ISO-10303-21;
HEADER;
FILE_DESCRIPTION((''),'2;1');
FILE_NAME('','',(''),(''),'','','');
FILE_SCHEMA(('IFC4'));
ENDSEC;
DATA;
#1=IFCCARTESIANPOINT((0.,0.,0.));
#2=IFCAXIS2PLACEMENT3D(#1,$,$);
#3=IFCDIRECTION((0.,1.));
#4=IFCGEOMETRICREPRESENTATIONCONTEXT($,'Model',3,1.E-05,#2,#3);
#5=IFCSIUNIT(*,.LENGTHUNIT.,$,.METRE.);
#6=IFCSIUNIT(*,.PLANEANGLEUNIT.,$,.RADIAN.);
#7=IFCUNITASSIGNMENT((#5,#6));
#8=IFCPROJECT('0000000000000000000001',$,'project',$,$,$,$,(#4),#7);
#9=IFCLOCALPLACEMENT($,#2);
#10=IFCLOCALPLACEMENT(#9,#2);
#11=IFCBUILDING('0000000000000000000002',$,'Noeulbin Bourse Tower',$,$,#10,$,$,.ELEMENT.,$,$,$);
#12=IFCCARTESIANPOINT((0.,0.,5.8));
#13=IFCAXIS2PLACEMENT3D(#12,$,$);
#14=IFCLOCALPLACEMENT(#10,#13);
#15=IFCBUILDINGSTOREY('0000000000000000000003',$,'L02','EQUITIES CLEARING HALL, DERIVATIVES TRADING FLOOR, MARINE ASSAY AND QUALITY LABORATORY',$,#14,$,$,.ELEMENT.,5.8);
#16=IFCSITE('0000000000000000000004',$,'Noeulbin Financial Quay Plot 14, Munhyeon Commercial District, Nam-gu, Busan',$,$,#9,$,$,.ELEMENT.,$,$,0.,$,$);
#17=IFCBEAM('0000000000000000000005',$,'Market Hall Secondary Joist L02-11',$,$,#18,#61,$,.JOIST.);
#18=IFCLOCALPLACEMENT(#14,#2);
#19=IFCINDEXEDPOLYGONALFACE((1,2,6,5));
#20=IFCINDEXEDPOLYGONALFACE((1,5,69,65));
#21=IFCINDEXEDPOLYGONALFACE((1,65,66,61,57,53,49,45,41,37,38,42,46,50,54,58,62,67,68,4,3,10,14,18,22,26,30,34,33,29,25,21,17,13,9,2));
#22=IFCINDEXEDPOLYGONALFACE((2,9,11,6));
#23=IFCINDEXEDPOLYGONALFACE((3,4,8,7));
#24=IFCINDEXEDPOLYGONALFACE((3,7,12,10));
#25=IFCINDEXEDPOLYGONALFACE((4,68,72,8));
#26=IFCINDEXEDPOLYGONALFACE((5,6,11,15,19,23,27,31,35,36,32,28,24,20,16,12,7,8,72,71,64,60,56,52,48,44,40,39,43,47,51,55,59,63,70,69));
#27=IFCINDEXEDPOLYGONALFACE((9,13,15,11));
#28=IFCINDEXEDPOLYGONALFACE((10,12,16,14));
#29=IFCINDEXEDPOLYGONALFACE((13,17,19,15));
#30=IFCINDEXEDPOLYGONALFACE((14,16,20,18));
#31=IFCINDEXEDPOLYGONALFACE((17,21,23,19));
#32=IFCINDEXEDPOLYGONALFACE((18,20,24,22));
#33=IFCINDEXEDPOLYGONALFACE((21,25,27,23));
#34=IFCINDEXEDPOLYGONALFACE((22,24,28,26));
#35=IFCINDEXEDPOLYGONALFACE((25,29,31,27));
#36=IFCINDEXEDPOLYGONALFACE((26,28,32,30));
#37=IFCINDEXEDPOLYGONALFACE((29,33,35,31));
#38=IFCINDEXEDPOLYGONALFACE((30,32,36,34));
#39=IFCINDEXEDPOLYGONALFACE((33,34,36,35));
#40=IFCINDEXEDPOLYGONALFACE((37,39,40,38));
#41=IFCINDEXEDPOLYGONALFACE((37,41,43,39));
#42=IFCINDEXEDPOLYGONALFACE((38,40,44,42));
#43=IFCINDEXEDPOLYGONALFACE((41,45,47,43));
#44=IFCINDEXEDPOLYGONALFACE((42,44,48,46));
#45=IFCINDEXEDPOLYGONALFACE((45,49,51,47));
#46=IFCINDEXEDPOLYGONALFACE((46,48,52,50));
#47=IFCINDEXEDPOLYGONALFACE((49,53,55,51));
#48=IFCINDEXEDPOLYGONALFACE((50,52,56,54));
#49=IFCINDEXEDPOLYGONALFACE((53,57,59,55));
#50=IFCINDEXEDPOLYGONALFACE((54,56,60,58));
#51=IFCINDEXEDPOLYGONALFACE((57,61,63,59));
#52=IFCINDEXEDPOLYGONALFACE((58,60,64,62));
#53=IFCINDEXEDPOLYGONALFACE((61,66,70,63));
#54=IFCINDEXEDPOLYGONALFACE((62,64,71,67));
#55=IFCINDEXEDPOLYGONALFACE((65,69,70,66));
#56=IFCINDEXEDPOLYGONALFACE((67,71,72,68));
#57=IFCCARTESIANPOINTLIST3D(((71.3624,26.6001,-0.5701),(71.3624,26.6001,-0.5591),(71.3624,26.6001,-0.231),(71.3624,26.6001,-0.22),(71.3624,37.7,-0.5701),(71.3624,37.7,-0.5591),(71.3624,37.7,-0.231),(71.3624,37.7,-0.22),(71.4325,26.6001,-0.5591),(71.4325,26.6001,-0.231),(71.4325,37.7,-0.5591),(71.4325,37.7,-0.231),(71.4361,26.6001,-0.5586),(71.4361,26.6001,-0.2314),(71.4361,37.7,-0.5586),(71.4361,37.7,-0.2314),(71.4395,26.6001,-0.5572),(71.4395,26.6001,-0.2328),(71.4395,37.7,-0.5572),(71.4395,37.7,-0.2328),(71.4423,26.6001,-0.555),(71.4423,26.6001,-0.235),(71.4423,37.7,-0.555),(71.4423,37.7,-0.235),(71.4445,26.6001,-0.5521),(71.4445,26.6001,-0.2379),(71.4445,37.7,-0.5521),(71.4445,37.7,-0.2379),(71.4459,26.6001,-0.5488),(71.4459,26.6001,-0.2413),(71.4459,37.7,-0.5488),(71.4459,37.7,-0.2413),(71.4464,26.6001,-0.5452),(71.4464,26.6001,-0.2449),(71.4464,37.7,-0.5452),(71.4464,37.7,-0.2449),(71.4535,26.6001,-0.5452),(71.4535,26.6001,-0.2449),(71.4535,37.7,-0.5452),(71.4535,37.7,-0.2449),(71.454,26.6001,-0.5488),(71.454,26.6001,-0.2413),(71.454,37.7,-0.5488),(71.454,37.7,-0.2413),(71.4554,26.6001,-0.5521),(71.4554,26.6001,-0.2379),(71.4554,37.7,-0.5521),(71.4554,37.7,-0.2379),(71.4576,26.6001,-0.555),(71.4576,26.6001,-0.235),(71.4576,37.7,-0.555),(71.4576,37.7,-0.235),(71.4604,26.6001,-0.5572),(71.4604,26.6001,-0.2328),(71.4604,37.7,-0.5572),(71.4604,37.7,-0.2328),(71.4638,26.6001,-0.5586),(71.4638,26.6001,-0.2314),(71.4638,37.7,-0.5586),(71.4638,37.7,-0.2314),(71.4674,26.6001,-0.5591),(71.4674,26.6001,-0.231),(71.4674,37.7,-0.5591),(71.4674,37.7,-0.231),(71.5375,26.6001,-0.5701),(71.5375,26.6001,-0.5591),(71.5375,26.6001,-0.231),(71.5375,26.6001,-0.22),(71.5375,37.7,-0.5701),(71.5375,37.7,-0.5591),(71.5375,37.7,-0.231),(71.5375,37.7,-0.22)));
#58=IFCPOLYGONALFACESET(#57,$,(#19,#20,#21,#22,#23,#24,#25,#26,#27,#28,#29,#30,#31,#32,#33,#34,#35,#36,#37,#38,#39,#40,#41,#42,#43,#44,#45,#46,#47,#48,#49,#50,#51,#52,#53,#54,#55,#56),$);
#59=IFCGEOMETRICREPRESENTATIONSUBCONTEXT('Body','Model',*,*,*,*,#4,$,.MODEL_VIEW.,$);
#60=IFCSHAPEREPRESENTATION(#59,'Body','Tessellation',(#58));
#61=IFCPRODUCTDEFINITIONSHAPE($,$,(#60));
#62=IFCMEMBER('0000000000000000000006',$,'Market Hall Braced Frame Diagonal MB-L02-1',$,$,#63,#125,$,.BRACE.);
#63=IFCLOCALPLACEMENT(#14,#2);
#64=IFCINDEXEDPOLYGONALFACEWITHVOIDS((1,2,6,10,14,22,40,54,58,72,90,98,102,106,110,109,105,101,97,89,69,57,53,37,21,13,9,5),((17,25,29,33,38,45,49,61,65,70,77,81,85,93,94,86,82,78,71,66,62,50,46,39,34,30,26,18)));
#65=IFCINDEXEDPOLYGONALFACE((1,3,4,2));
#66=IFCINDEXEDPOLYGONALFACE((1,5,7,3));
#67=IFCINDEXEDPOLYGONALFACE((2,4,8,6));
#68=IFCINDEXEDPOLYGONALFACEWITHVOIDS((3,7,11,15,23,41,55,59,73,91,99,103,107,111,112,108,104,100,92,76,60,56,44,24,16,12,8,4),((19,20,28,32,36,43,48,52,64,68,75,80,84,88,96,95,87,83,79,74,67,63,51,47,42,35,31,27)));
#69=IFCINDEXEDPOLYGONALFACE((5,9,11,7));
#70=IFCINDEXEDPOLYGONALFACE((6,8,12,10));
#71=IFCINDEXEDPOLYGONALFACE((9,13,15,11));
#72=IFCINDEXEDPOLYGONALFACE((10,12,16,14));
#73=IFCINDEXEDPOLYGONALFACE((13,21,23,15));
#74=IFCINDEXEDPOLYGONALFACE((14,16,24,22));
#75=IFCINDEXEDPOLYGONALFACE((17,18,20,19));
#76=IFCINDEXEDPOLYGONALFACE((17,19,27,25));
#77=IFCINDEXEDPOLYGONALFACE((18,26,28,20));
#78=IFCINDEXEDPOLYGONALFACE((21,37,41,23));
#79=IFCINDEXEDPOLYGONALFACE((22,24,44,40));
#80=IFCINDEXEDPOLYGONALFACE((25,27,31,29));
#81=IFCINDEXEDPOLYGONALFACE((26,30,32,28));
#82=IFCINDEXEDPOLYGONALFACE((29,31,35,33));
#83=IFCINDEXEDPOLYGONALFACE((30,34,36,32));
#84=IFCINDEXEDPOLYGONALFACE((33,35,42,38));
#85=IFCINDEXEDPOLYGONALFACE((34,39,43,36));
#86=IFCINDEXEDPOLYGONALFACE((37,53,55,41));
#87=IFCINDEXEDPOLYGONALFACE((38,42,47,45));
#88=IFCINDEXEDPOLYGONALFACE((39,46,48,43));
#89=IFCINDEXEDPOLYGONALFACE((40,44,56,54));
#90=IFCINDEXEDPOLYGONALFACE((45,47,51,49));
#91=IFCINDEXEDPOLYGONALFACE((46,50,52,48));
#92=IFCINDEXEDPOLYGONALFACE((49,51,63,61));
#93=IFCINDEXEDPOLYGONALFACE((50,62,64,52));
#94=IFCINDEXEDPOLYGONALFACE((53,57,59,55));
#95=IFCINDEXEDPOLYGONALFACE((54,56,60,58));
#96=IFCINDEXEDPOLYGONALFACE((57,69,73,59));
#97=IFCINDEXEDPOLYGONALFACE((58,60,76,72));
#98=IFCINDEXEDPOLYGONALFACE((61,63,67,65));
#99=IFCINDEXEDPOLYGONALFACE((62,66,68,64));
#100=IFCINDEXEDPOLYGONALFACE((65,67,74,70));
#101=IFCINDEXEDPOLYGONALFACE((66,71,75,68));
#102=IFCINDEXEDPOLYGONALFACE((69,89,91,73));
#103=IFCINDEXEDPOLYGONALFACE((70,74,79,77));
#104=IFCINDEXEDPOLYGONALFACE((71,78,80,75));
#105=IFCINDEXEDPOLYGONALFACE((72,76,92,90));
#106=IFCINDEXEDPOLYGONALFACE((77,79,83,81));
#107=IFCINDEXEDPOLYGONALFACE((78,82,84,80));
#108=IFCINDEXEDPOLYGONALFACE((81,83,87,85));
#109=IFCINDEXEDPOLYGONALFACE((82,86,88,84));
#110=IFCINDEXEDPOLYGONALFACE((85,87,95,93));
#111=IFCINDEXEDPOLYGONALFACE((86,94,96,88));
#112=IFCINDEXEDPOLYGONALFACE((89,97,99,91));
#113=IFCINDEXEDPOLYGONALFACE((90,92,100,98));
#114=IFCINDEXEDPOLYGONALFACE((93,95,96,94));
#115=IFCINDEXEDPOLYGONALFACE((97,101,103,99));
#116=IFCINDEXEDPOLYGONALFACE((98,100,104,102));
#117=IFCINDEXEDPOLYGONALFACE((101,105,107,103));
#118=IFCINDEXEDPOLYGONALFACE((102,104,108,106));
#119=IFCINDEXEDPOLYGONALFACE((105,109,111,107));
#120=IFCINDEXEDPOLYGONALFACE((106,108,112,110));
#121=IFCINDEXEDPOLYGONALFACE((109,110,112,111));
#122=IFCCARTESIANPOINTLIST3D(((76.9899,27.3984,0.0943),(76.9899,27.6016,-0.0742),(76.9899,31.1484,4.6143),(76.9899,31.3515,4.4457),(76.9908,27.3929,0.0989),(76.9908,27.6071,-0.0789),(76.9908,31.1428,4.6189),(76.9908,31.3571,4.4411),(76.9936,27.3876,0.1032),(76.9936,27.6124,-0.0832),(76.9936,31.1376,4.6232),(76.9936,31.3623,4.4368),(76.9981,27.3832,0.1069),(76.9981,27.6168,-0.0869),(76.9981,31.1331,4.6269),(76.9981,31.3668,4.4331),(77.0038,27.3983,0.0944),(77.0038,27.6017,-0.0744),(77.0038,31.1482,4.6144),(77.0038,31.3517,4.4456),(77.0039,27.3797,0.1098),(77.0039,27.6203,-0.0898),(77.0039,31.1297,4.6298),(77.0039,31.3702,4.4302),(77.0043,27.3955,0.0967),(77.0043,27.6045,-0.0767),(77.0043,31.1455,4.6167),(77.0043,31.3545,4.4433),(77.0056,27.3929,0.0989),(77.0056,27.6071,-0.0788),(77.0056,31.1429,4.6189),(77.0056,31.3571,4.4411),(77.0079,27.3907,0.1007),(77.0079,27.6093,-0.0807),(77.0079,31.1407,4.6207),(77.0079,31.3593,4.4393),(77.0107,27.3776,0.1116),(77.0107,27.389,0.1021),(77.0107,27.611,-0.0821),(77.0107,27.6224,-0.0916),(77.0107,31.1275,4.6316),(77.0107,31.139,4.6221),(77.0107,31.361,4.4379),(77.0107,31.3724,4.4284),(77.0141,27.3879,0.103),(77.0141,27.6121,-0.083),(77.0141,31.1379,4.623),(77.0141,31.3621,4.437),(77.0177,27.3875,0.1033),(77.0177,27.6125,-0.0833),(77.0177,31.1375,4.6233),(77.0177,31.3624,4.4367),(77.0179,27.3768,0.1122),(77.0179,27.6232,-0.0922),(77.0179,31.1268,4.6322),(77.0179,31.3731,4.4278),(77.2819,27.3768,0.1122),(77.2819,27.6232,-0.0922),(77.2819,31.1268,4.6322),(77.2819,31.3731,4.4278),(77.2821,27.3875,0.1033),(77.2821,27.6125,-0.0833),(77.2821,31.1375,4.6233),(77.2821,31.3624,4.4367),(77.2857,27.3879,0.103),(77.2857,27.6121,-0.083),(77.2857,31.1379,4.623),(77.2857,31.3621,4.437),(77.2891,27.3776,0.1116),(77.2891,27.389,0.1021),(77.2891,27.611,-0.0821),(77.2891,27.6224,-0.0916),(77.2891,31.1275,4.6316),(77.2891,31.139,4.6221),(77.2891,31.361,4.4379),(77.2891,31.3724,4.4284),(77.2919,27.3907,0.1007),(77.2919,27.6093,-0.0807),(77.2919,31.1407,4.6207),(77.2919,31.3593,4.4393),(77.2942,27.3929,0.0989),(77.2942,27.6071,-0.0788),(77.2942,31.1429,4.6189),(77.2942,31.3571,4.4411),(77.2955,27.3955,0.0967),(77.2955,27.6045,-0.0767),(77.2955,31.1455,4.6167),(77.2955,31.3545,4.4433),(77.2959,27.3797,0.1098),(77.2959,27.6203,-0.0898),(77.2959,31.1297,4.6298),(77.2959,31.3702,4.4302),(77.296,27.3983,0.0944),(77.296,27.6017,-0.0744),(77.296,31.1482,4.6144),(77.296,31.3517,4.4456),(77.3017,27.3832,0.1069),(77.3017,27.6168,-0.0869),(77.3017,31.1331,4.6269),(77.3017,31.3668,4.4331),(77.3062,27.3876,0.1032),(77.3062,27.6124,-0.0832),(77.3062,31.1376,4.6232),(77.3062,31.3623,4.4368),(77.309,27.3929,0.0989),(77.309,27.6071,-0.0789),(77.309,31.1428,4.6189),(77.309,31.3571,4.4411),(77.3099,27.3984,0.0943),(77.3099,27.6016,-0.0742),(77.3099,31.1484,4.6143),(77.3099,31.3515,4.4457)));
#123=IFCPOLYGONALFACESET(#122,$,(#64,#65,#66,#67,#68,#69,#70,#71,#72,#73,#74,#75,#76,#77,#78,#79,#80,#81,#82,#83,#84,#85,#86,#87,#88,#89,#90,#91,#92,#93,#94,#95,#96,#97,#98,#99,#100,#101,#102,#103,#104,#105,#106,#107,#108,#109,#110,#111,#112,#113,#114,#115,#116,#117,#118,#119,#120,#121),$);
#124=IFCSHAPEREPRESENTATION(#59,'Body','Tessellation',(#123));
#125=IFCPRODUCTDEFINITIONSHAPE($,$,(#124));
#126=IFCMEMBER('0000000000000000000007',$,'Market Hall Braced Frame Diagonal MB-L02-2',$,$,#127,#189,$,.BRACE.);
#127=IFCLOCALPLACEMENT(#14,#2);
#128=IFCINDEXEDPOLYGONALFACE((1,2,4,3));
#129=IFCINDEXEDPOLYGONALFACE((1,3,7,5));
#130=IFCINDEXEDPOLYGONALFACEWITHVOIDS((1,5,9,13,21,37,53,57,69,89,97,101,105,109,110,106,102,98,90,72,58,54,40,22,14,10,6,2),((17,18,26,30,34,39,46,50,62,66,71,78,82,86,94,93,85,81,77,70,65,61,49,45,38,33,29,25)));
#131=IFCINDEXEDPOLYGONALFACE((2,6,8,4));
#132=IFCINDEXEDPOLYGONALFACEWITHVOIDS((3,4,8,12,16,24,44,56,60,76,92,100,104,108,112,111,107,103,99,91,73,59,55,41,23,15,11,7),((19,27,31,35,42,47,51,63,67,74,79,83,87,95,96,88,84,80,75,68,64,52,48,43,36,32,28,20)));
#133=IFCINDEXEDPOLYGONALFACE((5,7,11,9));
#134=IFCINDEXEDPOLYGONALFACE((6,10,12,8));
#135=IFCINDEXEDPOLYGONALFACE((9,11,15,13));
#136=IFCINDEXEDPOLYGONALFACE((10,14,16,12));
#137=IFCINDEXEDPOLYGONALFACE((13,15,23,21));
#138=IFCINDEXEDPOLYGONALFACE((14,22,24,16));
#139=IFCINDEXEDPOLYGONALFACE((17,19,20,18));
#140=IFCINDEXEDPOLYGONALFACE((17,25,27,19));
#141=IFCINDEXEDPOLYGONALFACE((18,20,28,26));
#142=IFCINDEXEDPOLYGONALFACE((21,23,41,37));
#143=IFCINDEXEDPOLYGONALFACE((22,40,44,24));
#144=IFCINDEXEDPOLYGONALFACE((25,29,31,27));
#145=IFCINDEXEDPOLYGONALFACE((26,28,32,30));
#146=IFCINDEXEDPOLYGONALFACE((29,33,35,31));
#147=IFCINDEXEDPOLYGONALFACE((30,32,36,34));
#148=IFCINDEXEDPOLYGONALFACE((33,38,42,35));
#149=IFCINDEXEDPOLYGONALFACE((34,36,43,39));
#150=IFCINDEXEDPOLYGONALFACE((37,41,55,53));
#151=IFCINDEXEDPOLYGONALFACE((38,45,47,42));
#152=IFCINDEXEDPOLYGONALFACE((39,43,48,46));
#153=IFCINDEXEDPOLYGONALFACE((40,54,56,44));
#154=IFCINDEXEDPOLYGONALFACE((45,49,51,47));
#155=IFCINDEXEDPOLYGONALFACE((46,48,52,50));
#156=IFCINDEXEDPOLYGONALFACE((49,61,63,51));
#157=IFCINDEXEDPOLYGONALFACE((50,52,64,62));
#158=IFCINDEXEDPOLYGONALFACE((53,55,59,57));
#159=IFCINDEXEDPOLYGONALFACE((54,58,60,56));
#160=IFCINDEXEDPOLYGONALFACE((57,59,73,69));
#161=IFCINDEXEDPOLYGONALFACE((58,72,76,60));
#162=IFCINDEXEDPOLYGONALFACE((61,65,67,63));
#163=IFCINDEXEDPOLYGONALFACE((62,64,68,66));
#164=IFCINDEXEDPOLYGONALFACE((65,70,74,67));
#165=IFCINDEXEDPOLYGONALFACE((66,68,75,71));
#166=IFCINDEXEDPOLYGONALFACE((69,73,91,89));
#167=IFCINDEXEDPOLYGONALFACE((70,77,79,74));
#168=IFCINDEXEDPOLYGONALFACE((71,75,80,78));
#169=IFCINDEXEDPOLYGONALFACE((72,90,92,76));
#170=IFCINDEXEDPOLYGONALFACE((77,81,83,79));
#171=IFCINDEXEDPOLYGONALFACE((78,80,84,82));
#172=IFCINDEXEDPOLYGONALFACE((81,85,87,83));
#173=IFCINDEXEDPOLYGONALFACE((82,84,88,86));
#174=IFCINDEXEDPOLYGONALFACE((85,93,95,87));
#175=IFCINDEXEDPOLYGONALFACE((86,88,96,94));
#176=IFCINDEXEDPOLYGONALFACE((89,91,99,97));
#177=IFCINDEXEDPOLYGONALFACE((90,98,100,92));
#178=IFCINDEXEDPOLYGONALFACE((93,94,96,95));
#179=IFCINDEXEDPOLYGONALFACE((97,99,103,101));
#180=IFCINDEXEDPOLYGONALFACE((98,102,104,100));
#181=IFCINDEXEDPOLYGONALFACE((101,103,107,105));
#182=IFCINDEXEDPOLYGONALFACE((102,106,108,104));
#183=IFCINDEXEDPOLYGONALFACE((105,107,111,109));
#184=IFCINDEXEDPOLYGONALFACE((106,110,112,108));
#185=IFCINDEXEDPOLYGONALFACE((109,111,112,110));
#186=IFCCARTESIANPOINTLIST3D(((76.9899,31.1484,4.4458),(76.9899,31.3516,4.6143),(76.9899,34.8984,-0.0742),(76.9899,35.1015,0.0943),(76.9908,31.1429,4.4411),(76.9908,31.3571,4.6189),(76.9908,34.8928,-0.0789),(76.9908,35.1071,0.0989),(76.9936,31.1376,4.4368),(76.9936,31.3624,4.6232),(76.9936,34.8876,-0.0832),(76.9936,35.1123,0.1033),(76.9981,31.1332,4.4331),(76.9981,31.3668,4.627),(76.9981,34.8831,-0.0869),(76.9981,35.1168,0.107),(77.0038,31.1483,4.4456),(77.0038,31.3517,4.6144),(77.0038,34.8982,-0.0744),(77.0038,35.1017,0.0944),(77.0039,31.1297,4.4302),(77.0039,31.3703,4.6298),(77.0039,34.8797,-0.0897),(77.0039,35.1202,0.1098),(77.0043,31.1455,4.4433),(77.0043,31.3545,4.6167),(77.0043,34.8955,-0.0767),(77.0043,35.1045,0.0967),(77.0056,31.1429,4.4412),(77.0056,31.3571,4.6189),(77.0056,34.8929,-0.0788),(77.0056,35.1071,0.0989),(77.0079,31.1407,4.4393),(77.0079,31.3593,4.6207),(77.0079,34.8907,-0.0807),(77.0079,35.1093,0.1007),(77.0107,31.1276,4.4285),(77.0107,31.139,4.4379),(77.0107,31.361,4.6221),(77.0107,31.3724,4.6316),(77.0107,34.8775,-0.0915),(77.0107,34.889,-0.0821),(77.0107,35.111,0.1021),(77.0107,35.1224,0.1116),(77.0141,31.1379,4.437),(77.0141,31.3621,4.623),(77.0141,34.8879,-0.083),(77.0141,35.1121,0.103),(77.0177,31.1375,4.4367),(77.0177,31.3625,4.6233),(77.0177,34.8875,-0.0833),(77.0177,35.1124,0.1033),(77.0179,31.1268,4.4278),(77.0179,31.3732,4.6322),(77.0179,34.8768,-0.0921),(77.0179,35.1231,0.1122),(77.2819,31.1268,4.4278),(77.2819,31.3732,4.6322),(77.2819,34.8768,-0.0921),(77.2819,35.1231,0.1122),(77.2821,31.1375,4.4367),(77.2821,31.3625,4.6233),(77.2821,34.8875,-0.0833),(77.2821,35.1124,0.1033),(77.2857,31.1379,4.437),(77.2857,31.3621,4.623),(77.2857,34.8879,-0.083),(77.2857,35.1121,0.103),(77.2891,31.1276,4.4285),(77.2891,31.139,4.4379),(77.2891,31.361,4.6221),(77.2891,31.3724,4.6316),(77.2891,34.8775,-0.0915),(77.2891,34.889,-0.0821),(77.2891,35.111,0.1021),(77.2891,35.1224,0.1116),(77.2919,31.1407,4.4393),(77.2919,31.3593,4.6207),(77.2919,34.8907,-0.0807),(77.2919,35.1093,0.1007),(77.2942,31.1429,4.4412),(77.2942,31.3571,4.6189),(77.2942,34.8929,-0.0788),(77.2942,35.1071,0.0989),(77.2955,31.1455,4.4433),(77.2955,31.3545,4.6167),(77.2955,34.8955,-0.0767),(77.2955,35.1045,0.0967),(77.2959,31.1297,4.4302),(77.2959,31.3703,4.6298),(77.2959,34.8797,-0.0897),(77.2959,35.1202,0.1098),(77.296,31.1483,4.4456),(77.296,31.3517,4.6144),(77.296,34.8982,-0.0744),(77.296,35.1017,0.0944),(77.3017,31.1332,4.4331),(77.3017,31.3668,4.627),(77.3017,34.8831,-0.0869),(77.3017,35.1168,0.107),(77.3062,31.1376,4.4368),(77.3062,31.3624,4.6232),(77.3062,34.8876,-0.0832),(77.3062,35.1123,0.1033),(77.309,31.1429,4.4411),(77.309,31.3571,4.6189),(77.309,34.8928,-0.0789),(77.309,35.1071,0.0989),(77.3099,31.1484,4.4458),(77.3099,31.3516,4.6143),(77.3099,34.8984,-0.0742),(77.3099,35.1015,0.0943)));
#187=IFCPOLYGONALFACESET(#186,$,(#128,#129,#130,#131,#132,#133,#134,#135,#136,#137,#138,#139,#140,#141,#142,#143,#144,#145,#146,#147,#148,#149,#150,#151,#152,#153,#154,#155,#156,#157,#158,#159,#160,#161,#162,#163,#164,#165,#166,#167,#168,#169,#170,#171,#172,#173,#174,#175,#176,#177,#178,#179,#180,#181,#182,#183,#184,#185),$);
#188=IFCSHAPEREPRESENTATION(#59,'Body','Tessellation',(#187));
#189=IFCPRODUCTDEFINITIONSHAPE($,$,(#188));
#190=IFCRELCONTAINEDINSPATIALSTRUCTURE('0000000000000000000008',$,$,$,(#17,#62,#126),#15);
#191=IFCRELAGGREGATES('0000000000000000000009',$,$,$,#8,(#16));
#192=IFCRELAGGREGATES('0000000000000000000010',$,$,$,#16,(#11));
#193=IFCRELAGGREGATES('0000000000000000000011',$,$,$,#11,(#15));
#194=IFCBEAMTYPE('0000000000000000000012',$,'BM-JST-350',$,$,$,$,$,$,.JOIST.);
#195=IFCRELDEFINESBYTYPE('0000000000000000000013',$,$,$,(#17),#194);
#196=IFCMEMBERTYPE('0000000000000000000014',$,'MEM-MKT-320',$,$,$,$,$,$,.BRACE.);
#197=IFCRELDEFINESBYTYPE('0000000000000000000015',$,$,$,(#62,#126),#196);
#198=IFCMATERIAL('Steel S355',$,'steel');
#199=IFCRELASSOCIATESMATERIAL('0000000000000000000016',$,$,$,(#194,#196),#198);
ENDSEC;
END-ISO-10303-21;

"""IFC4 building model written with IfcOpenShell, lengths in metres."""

from ifc_helpers import new_model, si_unit, direction, frame, origin, origin_2d, place, context, subcontext, project, spatial, hollow_rectangle, i_section, extrude, material, material_profile, profile_set, type_object, element, save


model = new_model("IFC4")

# Units and contexts
model_context = context("Model", 3, precision=1e-05, world=origin(), true_north=direction((0.0, 1.0)))
body_context = subcontext(model_context, "Body", "Model", "MODEL_VIEW")
ifc_project = project(units=[si_unit("LENGTHUNIT", "METRE"), si_unit("PLANEANGLEUNIT", "RADIAN")], contexts=[model_context])

# Site, building, storey
site_placement = place(None, origin())
site = spatial("IfcSite", under=ifc_project, at=site_placement, Name="Noeulbin Financial Quay Plot 14, Munhyeon Commercial District, Nam-gu, Busan", CompositionType="ELEMENT", RefElevation=0.0)
building_placement = place(site_placement, origin())
building = spatial("IfcBuilding", under=site, at=building_placement, Name="Noeulbin Bourse Tower", CompositionType="ELEMENT")
storey_placement = place(building_placement, frame((0.0, 0.0, 5.8)))
storey = spatial("IfcBuildingStorey", under=building, at=storey_placement, Name="L02", Description="EQUITIES CLEARING HALL, DERIVATIVES TRADING FLOOR, MARINE ASSAY AND QUALITY LABORATORY", CompositionType="ELEMENT", Elevation=5.8)

# Shared definitions
ifc_material_1 = material(Name="Steel S355", Category="steel")

# Beam
ifc_material_profile_1 = material_profile(ifc_material_1, i_section(OverallWidth=0.175, OverallDepth=0.3501, WebThickness=0.0071, FlangeThickness=0.011, FilletRadius=0.0139, at=origin_2d()), Name="H-350x175x7x11", Category="LoadBearing")
ifc_profile_set_1 = profile_set([ifc_material_profile_1], Name="Steel S355")
beam_type_1 = type_object("IfcBeamType", Name="BM-JST-350", PredefinedType="JOIST", material=ifc_profile_set_1)
for number, where, z_axis, x_axis, name in (
    (1, (71.45, 26.6001, -0.395), (0.0, 1.0, 0.0), (-1.0, 0.0, 0.0), "Market Hall Secondary Joist L02-11"),
):
    element("IfcBeam", number, at=place(storey_placement, frame(where, z_axis=z_axis, x_axis=x_axis)), inside=storey, type_object=beam_type_1, Name=name, PredefinedType="JOIST", context=body_context, shape_type="SweptSolid", body=[
        extrude(i_section(OverallWidth=0.175, OverallDepth=0.3501, WebThickness=0.0071, FlangeThickness=0.011, FilletRadius=0.0139, at=origin_2d()), origin(), (0.0, 0.0, 1.0), 11.0999),
    ])

# Members
ifc_material_profile_2 = material_profile(ifc_material_1, hollow_rectangle(XDim=0.3201, YDim=0.3201, WallThickness=0.0139, InnerFilletRadius=0.0139, OuterFilletRadius=0.0281, at=origin_2d()), Name="SHS-320x320x14", Category="LoadBearing")
ifc_profile_set_2 = profile_set([ifc_material_profile_2], Name="Steel S355")
member_type = type_object("IfcMemberType", Name="MEM-MKT-320", PredefinedType="BRACE", material=ifc_profile_set_2)
for number, where, z_axis, x_axis, name in (
    (2, (77.1499, 27.5, 0.01), (0.0, 0.638506, 0.769616), (-1.0, 0.0, 0.0), "Market Hall Braced Frame Diagonal MB-L02-1"),
    (3, (77.1499, 31.25, 4.53), (0.0, 0.638506, -0.769616), (-1.0, 0.0, 0.0), "Market Hall Braced Frame Diagonal MB-L02-2"),
):
    element("IfcMember", number, at=place(storey_placement, frame(where, z_axis=z_axis, x_axis=x_axis)), inside=storey, type_object=member_type, Name=name, PredefinedType="BRACE", context=body_context, shape_type="SweptSolid", body=[
        extrude(hollow_rectangle(XDim=0.3201, YDim=0.3201, WallThickness=0.0139, InnerFilletRadius=0.0139, OuterFilletRadius=0.0281, at=origin_2d()), origin(), (0.0, 0.0, 1.0), 5.873),
    ])

save(model, "model.ifc")
